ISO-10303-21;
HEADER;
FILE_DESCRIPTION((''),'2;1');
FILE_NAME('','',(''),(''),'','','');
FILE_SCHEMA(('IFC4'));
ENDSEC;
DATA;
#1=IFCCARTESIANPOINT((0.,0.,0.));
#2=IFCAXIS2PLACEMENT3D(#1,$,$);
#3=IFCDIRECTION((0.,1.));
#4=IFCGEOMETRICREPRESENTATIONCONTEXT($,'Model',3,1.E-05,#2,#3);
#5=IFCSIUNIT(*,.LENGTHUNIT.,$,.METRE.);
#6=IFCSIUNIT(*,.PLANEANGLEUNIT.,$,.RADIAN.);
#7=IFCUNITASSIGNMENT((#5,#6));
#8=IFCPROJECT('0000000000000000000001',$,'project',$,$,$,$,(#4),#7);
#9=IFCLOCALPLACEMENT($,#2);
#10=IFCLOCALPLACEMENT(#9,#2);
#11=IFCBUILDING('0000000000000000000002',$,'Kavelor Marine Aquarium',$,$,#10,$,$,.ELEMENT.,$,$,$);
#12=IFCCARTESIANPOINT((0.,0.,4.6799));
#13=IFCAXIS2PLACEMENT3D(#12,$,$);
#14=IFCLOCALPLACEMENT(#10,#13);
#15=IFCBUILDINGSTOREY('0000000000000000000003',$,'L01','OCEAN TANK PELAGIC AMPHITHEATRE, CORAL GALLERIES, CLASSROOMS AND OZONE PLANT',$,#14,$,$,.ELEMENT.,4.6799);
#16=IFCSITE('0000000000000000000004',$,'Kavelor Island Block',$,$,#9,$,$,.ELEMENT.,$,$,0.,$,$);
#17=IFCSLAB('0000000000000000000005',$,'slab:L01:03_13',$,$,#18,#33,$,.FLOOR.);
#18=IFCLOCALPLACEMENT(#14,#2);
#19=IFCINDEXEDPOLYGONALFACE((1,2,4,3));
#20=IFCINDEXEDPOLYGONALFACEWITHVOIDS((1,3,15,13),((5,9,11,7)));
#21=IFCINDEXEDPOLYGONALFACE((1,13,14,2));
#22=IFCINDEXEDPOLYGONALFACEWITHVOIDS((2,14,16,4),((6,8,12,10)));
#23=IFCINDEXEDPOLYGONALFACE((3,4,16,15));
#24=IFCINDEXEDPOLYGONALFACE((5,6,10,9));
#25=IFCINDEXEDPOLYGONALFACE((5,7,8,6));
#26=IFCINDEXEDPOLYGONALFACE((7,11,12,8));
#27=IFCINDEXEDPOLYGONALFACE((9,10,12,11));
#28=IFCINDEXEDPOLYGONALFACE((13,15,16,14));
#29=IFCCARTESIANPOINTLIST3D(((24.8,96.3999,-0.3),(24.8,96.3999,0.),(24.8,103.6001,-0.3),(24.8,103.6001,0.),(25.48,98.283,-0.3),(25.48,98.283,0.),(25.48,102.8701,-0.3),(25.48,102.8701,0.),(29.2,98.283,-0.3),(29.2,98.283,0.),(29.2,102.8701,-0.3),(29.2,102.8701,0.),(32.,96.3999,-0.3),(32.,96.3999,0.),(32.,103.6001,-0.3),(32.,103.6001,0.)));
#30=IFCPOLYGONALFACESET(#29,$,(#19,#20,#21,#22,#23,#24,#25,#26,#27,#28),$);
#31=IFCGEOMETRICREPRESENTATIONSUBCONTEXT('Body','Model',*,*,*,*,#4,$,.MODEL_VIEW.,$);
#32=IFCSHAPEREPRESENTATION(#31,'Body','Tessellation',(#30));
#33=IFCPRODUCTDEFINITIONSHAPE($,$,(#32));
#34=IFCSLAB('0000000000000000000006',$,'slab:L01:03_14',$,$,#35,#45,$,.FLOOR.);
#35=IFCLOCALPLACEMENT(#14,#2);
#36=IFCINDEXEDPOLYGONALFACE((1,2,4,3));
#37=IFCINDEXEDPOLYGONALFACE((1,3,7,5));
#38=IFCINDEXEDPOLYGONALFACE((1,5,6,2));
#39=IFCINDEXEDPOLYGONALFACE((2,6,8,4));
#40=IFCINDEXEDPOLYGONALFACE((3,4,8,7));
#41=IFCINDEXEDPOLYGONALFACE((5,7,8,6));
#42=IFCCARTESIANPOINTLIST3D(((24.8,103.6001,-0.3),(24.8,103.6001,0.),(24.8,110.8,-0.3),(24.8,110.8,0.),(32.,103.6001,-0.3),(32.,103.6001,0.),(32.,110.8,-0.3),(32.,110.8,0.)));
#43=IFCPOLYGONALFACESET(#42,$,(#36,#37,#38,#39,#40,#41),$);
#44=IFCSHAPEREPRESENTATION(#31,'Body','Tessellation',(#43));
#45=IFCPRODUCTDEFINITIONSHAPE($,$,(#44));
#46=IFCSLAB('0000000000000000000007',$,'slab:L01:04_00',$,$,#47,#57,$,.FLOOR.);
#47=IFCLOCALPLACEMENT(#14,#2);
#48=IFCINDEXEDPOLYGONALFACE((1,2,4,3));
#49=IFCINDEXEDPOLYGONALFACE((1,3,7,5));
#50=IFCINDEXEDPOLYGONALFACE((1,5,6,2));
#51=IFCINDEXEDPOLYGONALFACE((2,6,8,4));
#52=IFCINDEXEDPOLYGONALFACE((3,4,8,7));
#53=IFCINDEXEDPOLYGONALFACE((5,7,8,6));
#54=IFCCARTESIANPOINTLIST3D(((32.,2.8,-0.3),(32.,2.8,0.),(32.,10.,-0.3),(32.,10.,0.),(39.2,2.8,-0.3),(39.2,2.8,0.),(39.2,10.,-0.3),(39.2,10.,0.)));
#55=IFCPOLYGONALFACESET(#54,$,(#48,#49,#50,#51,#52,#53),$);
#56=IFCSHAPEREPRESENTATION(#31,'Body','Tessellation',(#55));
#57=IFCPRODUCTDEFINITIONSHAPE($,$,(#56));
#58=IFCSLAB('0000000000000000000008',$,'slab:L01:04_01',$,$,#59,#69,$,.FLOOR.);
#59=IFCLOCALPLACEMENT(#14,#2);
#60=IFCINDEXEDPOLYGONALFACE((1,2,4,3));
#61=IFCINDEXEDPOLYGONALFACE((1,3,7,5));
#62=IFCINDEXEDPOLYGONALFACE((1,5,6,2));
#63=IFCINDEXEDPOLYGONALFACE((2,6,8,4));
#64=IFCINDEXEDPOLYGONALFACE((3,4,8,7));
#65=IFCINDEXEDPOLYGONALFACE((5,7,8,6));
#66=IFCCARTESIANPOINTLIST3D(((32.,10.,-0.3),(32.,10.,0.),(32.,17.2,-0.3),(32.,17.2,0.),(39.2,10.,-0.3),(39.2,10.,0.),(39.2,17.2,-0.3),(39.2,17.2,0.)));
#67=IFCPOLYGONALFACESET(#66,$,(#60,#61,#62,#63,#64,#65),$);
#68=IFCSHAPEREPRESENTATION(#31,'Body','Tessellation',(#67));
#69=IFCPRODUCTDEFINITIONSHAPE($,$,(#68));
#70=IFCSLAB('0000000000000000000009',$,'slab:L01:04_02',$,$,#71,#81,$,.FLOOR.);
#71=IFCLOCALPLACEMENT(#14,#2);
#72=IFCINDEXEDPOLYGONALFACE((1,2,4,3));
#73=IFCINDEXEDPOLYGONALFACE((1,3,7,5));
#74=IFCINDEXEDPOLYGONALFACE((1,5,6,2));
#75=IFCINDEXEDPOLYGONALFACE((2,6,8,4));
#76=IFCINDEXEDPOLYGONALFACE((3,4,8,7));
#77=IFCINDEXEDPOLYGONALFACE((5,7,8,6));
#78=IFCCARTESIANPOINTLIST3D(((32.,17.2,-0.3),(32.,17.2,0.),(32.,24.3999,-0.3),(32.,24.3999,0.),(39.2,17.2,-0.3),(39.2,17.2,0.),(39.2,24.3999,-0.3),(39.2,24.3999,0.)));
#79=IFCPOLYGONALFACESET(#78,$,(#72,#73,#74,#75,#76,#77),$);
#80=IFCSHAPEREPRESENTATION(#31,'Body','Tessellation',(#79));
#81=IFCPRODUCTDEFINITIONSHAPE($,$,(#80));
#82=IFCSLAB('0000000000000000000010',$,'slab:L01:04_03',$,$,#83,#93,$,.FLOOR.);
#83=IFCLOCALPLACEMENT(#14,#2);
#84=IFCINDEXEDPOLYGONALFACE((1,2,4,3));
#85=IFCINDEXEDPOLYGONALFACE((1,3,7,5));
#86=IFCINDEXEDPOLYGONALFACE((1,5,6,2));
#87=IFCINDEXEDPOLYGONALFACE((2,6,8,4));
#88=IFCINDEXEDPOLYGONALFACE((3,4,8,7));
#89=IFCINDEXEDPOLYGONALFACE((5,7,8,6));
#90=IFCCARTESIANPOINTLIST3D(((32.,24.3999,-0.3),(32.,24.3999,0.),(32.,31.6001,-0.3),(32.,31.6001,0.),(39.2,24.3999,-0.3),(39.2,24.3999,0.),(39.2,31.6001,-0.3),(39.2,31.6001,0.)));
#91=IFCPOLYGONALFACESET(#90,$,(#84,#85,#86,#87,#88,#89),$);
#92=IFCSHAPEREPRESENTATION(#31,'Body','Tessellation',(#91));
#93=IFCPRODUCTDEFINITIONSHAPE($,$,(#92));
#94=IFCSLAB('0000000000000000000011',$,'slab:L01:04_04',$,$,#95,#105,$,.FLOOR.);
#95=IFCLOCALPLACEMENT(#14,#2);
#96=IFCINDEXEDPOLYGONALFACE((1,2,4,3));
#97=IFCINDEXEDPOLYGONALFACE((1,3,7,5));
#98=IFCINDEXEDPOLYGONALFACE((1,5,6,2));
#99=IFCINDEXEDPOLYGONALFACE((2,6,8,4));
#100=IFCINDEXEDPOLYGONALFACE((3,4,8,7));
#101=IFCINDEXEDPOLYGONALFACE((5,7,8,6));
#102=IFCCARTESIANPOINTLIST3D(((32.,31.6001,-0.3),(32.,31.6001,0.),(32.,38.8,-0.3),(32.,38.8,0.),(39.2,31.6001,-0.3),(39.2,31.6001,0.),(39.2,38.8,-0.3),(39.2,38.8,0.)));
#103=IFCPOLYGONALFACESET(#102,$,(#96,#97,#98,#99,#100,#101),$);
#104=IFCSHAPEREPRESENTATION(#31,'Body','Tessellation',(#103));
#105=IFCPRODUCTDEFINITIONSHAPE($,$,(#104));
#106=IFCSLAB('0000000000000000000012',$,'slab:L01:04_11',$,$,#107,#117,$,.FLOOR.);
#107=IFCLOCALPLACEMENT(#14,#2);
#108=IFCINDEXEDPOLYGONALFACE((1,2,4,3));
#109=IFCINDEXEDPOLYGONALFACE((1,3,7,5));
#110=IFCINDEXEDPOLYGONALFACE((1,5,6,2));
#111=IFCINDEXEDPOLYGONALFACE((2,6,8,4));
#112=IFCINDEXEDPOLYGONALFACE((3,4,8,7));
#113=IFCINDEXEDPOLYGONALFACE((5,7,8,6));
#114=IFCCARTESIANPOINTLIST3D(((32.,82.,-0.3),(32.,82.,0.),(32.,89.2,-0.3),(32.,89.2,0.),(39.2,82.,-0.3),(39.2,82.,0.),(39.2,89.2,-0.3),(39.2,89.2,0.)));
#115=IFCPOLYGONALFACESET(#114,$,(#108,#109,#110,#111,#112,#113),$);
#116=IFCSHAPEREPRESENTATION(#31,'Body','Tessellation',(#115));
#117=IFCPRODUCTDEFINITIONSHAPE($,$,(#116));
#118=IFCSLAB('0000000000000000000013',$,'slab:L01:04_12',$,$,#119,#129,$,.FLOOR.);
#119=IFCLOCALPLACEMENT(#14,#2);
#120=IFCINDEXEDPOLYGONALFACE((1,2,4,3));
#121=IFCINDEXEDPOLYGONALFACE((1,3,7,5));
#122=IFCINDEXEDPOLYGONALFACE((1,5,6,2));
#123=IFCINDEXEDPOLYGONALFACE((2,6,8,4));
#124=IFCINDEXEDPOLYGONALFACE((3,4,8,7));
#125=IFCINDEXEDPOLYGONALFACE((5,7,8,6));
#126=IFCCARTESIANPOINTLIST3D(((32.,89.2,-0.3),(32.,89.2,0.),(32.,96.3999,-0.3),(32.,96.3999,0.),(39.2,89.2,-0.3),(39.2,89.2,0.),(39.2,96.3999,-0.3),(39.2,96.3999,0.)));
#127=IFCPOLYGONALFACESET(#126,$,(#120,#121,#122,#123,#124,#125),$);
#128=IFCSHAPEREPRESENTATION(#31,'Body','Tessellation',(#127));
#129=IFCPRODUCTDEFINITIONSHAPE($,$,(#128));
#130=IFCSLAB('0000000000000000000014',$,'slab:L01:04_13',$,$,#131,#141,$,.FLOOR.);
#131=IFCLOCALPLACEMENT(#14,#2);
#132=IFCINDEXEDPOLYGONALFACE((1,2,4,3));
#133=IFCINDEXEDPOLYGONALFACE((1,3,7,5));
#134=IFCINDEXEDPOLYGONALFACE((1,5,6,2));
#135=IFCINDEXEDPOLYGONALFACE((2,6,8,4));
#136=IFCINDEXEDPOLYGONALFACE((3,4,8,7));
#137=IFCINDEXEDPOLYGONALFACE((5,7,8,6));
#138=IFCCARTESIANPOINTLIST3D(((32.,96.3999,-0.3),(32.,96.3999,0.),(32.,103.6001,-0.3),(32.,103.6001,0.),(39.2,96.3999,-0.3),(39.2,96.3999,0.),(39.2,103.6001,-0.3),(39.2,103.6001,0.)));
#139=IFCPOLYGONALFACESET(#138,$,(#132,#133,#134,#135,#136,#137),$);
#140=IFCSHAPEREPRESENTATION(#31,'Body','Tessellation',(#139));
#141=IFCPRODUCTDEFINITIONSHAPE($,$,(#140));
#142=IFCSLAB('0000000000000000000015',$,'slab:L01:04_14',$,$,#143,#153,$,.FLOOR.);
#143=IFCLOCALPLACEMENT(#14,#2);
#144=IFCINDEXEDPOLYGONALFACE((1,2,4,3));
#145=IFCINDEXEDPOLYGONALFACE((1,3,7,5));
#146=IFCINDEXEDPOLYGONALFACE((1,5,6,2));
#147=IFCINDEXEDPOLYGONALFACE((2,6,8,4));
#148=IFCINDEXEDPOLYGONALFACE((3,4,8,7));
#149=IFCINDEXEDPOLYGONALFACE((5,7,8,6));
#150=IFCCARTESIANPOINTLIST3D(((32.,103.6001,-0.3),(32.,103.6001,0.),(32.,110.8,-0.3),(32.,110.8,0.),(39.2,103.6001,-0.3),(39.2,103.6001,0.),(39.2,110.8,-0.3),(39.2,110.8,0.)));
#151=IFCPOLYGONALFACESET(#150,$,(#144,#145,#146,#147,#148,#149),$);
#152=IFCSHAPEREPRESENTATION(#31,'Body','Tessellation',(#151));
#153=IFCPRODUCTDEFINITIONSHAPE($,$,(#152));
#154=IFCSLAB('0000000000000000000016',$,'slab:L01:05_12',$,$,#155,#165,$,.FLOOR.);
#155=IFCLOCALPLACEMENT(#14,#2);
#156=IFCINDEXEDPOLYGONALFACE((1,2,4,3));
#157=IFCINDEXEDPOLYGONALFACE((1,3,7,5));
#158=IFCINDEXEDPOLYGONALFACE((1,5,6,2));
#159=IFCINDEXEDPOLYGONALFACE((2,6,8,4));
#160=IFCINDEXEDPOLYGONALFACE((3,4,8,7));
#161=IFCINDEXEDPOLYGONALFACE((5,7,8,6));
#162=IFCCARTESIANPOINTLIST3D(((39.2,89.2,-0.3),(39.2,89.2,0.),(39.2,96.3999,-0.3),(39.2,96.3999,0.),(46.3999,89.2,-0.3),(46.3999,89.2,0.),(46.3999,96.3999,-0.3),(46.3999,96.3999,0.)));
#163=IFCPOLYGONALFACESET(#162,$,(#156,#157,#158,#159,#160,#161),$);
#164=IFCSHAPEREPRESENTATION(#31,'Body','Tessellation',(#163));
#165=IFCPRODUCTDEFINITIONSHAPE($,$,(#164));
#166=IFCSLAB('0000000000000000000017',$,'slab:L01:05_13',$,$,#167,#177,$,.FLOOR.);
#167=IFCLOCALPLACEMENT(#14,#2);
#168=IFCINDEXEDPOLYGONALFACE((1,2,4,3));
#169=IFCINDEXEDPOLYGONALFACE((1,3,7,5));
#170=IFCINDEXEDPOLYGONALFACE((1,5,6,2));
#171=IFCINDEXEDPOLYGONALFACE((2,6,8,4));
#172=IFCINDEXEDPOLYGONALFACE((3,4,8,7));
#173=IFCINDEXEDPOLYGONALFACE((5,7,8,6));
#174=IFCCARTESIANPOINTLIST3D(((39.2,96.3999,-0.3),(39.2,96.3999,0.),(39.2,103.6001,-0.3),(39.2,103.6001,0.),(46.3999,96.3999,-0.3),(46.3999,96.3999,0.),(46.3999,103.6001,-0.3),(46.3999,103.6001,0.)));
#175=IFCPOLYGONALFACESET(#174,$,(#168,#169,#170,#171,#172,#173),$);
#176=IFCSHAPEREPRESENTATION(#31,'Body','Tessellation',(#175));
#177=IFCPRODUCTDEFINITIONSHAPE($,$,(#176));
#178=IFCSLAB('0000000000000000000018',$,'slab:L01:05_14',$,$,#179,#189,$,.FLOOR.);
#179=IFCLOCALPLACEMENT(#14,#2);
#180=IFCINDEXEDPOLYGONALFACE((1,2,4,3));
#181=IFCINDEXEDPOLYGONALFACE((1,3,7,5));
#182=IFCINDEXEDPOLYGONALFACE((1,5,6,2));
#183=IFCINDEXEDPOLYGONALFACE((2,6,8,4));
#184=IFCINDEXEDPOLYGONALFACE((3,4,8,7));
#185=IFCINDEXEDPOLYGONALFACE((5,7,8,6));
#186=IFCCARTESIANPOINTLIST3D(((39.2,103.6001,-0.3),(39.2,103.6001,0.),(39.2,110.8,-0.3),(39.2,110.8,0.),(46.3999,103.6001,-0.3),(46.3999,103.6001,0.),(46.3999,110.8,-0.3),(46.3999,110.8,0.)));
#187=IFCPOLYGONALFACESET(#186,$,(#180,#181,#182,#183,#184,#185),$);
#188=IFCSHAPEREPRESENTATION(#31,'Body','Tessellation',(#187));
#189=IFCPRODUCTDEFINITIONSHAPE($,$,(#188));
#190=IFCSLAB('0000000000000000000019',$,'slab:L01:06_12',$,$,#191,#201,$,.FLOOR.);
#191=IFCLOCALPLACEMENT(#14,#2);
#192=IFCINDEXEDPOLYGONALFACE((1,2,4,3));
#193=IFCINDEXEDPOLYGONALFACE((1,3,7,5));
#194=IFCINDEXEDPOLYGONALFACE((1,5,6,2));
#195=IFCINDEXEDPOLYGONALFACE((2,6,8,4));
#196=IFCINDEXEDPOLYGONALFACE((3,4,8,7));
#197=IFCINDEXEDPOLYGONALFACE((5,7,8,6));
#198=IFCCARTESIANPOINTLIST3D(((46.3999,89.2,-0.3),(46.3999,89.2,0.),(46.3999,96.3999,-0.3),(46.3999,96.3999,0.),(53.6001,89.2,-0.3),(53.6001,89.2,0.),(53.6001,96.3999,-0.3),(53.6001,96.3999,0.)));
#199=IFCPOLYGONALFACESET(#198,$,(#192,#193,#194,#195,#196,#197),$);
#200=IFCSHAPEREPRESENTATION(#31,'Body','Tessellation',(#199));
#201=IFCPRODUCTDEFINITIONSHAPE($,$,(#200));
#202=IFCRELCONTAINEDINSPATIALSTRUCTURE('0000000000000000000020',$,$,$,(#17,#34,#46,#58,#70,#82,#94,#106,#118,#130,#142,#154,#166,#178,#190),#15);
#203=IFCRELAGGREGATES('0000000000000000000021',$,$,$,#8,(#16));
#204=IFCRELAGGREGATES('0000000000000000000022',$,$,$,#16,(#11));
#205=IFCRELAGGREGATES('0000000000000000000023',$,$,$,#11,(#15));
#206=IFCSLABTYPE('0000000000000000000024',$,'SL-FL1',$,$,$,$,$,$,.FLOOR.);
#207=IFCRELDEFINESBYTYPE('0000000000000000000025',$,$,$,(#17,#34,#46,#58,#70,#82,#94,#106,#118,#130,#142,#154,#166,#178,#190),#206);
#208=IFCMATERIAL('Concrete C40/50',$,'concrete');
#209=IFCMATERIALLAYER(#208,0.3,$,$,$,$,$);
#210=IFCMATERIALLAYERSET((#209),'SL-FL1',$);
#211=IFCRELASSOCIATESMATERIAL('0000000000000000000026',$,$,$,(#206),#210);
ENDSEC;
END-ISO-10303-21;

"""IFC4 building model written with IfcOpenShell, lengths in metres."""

from ifc_helpers import new_model, si_unit, direction, frame, origin, place, context, subcontext, project, spatial, polyline, outline, extrude, material, layer, layer_set, type_object, element, save


model = new_model("IFC4")

# Units and contexts
model_context = context("Model", 3, precision=1e-05, world=origin(), true_north=direction((0.0, 1.0)))
body_context = subcontext(model_context, "Body", "Model", "MODEL_VIEW")
ifc_project = project(units=[si_unit("LENGTHUNIT", "METRE"), si_unit("PLANEANGLEUNIT", "RADIAN")], contexts=[model_context])

# Site, building, storey
site_placement = place(None, origin())
site = spatial("IfcSite", under=ifc_project, at=site_placement, Name="Kavelor Island Block", CompositionType="ELEMENT", RefElevation=0.0)
building_placement = place(site_placement, origin())
building = spatial("IfcBuilding", under=site, at=building_placement, Name="Kavelor Marine Aquarium", CompositionType="ELEMENT")
storey_placement = place(building_placement, frame((0.0, 0.0, 4.6799)))
storey = spatial("IfcBuildingStorey", under=building, at=storey_placement, Name="L01", Description="OCEAN TANK PELAGIC AMPHITHEATRE, CORAL GALLERIES, CLASSROOMS AND OZONE PLANT", CompositionType="ELEMENT", Elevation=4.6799)

# Slabs
ifc_material = material(Name="Concrete C40/50", Category="concrete")
ifc_layer = layer(ifc_material, 0.3)
ifc_layer_set = layer_set([ifc_layer], Name="SL-FL1")
slab_type = type_object("IfcSlabType", Name="SL-FL1", PredefinedType="FLOOR", material=ifc_layer_set)
slab_1_placement = place(storey_placement, frame((0.0, 0.0, -0.3)))
element("IfcSlab", 1, at=slab_1_placement, inside=storey, type_object=slab_type, Name="slab:L01:03_13", PredefinedType="FLOOR", context=body_context, shape_type="SweptSolid", body=[
    extrude(outline(polyline([(24.8, 96.3999), (32.0, 96.3999), (32.0, 103.6001), (24.8, 103.6001), (24.8, 96.3999)]), holes=[polyline([(25.48, 98.283), (29.2, 98.283), (29.2, 102.8701), (25.48, 102.8701), (25.48, 98.283)])]), origin(), (0.0, 0.0, 1.0), 0.3),
])
slab_2_placement = place(storey_placement, frame((0.0, 0.0, -0.3)))
element("IfcSlab", 2, at=slab_2_placement, inside=storey, type_object=slab_type, Name="slab:L01:03_14", PredefinedType="FLOOR", context=body_context, shape_type="SweptSolid", body=[
    extrude(outline(polyline([(24.8, 103.6001), (32.0, 103.6001), (32.0, 110.8), (24.8, 110.8), (24.8, 103.6001)])), origin(), (0.0, 0.0, 1.0), 0.3),
])
slab_3_placement = place(storey_placement, frame((0.0, 0.0, -0.3)))
element("IfcSlab", 3, at=slab_3_placement, inside=storey, type_object=slab_type, Name="slab:L01:04_00", PredefinedType="FLOOR", context=body_context, shape_type="SweptSolid", body=[
    extrude(outline(polyline([(32.0, 2.8), (39.2, 2.8), (39.2, 10.0), (32.0, 10.0), (32.0, 2.8)])), origin(), (0.0, 0.0, 1.0), 0.3),
])
slab_4_placement = place(storey_placement, frame((0.0, 0.0, -0.3)))
element("IfcSlab", 4, at=slab_4_placement, inside=storey, type_object=slab_type, Name="slab:L01:04_01", PredefinedType="FLOOR", context=body_context, shape_type="SweptSolid", body=[
    extrude(outline(polyline([(32.0, 10.0), (39.2, 10.0), (39.2, 17.2), (32.0, 17.2), (32.0, 10.0)])), origin(), (0.0, 0.0, 1.0), 0.3),
])
slab_5_placement = place(storey_placement, frame((0.0, 0.0, -0.3)))
element("IfcSlab", 5, at=slab_5_placement, inside=storey, type_object=slab_type, Name="slab:L01:04_02", PredefinedType="FLOOR", context=body_context, shape_type="SweptSolid", body=[
    extrude(outline(polyline([(32.0, 17.2), (39.2, 17.2), (39.2, 24.3999), (32.0, 24.3999), (32.0, 17.2)])), origin(), (0.0, 0.0, 1.0), 0.3),
])
slab_6_placement = place(storey_placement, frame((0.0, 0.0, -0.3)))
element("IfcSlab", 6, at=slab_6_placement, inside=storey, type_object=slab_type, Name="slab:L01:04_03", PredefinedType="FLOOR", context=body_context, shape_type="SweptSolid", body=[
    extrude(outline(polyline([(32.0, 24.3999), (39.2, 24.3999), (39.2, 31.6001), (32.0, 31.6001), (32.0, 24.3999)])), origin(), (0.0, 0.0, 1.0), 0.3),
])
slab_7_placement = place(storey_placement, frame((0.0, 0.0, -0.3)))
element("IfcSlab", 7, at=slab_7_placement, inside=storey, type_object=slab_type, Name="slab:L01:04_04", PredefinedType="FLOOR", context=body_context, shape_type="SweptSolid", body=[
    extrude(outline(polyline([(32.0, 31.6001), (39.2, 31.6001), (39.2, 38.8), (32.0, 38.8), (32.0, 31.6001)])), origin(), (0.0, 0.0, 1.0), 0.3),
])
slab_8_placement = place(storey_placement, frame((0.0, 0.0, -0.3)))
element("IfcSlab", 8, at=slab_8_placement, inside=storey, type_object=slab_type, Name="slab:L01:04_11", PredefinedType="FLOOR", context=body_context, shape_type="SweptSolid", body=[
    extrude(outline(polyline([(32.0, 82.0), (39.2, 82.0), (39.2, 89.2), (32.0, 89.2), (32.0, 82.0)])), origin(), (0.0, 0.0, 1.0), 0.3),
])
slab_9_placement = place(storey_placement, frame((0.0, 0.0, -0.3)))
element("IfcSlab", 9, at=slab_9_placement, inside=storey, type_object=slab_type, Name="slab:L01:04_12", PredefinedType="FLOOR", context=body_context, shape_type="SweptSolid", body=[
    extrude(outline(polyline([(32.0, 89.2), (39.2, 89.2), (39.2, 96.3999), (32.0, 96.3999), (32.0, 89.2)])), origin(), (0.0, 0.0, 1.0), 0.3),
])
slab_10_placement = place(storey_placement, frame((0.0, 0.0, -0.3)))
element("IfcSlab", 10, at=slab_10_placement, inside=storey, type_object=slab_type, Name="slab:L01:04_13", PredefinedType="FLOOR", context=body_context, shape_type="SweptSolid", body=[
    extrude(outline(polyline([(32.0, 96.3999), (39.2, 96.3999), (39.2, 103.6001), (32.0, 103.6001), (32.0, 96.3999)])), origin(), (0.0, 0.0, 1.0), 0.3),
])
slab_11_placement = place(storey_placement, frame((0.0, 0.0, -0.3)))
element("IfcSlab", 11, at=slab_11_placement, inside=storey, type_object=slab_type, Name="slab:L01:04_14", PredefinedType="FLOOR", context=body_context, shape_type="SweptSolid", body=[
    extrude(outline(polyline([(32.0, 103.6001), (39.2, 103.6001), (39.2, 110.8), (32.0, 110.8), (32.0, 103.6001)])), origin(), (0.0, 0.0, 1.0), 0.3),
])
slab_12_placement = place(storey_placement, frame((0.0, 0.0, -0.3)))
element("IfcSlab", 12, at=slab_12_placement, inside=storey, type_object=slab_type, Name="slab:L01:05_12", PredefinedType="FLOOR", context=body_context, shape_type="SweptSolid", body=[
    extrude(outline(polyline([(39.2, 89.2), (46.3999, 89.2), (46.3999, 96.3999), (39.2, 96.3999), (39.2, 89.2)])), origin(), (0.0, 0.0, 1.0), 0.3),
])
slab_13_placement = place(storey_placement, frame((0.0, 0.0, -0.3)))
element("IfcSlab", 13, at=slab_13_placement, inside=storey, type_object=slab_type, Name="slab:L01:05_13", PredefinedType="FLOOR", context=body_context, shape_type="SweptSolid", body=[
    extrude(outline(polyline([(39.2, 96.3999), (46.3999, 96.3999), (46.3999, 103.6001), (39.2, 103.6001), (39.2, 96.3999)])), origin(), (0.0, 0.0, 1.0), 0.3),
])
slab_14_placement = place(storey_placement, frame((0.0, 0.0, -0.3)))
element("IfcSlab", 14, at=slab_14_placement, inside=storey, type_object=slab_type, Name="slab:L01:05_14", PredefinedType="FLOOR", context=body_context, shape_type="SweptSolid", body=[
    extrude(outline(polyline([(39.2, 103.6001), (46.3999, 103.6001), (46.3999, 110.8), (39.2, 110.8), (39.2, 103.6001)])), origin(), (0.0, 0.0, 1.0), 0.3),
])
slab_15_placement = place(storey_placement, frame((0.0, 0.0, -0.3)))
element("IfcSlab", 15, at=slab_15_placement, inside=storey, type_object=slab_type, Name="slab:L01:06_12", PredefinedType="FLOOR", context=body_context, shape_type="SweptSolid", body=[
    extrude(outline(polyline([(46.3999, 89.2), (53.6001, 89.2), (53.6001, 96.3999), (46.3999, 96.3999), (46.3999, 89.2)])), origin(), (0.0, 0.0, 1.0), 0.3),
])

save(model, "model.ifc")
